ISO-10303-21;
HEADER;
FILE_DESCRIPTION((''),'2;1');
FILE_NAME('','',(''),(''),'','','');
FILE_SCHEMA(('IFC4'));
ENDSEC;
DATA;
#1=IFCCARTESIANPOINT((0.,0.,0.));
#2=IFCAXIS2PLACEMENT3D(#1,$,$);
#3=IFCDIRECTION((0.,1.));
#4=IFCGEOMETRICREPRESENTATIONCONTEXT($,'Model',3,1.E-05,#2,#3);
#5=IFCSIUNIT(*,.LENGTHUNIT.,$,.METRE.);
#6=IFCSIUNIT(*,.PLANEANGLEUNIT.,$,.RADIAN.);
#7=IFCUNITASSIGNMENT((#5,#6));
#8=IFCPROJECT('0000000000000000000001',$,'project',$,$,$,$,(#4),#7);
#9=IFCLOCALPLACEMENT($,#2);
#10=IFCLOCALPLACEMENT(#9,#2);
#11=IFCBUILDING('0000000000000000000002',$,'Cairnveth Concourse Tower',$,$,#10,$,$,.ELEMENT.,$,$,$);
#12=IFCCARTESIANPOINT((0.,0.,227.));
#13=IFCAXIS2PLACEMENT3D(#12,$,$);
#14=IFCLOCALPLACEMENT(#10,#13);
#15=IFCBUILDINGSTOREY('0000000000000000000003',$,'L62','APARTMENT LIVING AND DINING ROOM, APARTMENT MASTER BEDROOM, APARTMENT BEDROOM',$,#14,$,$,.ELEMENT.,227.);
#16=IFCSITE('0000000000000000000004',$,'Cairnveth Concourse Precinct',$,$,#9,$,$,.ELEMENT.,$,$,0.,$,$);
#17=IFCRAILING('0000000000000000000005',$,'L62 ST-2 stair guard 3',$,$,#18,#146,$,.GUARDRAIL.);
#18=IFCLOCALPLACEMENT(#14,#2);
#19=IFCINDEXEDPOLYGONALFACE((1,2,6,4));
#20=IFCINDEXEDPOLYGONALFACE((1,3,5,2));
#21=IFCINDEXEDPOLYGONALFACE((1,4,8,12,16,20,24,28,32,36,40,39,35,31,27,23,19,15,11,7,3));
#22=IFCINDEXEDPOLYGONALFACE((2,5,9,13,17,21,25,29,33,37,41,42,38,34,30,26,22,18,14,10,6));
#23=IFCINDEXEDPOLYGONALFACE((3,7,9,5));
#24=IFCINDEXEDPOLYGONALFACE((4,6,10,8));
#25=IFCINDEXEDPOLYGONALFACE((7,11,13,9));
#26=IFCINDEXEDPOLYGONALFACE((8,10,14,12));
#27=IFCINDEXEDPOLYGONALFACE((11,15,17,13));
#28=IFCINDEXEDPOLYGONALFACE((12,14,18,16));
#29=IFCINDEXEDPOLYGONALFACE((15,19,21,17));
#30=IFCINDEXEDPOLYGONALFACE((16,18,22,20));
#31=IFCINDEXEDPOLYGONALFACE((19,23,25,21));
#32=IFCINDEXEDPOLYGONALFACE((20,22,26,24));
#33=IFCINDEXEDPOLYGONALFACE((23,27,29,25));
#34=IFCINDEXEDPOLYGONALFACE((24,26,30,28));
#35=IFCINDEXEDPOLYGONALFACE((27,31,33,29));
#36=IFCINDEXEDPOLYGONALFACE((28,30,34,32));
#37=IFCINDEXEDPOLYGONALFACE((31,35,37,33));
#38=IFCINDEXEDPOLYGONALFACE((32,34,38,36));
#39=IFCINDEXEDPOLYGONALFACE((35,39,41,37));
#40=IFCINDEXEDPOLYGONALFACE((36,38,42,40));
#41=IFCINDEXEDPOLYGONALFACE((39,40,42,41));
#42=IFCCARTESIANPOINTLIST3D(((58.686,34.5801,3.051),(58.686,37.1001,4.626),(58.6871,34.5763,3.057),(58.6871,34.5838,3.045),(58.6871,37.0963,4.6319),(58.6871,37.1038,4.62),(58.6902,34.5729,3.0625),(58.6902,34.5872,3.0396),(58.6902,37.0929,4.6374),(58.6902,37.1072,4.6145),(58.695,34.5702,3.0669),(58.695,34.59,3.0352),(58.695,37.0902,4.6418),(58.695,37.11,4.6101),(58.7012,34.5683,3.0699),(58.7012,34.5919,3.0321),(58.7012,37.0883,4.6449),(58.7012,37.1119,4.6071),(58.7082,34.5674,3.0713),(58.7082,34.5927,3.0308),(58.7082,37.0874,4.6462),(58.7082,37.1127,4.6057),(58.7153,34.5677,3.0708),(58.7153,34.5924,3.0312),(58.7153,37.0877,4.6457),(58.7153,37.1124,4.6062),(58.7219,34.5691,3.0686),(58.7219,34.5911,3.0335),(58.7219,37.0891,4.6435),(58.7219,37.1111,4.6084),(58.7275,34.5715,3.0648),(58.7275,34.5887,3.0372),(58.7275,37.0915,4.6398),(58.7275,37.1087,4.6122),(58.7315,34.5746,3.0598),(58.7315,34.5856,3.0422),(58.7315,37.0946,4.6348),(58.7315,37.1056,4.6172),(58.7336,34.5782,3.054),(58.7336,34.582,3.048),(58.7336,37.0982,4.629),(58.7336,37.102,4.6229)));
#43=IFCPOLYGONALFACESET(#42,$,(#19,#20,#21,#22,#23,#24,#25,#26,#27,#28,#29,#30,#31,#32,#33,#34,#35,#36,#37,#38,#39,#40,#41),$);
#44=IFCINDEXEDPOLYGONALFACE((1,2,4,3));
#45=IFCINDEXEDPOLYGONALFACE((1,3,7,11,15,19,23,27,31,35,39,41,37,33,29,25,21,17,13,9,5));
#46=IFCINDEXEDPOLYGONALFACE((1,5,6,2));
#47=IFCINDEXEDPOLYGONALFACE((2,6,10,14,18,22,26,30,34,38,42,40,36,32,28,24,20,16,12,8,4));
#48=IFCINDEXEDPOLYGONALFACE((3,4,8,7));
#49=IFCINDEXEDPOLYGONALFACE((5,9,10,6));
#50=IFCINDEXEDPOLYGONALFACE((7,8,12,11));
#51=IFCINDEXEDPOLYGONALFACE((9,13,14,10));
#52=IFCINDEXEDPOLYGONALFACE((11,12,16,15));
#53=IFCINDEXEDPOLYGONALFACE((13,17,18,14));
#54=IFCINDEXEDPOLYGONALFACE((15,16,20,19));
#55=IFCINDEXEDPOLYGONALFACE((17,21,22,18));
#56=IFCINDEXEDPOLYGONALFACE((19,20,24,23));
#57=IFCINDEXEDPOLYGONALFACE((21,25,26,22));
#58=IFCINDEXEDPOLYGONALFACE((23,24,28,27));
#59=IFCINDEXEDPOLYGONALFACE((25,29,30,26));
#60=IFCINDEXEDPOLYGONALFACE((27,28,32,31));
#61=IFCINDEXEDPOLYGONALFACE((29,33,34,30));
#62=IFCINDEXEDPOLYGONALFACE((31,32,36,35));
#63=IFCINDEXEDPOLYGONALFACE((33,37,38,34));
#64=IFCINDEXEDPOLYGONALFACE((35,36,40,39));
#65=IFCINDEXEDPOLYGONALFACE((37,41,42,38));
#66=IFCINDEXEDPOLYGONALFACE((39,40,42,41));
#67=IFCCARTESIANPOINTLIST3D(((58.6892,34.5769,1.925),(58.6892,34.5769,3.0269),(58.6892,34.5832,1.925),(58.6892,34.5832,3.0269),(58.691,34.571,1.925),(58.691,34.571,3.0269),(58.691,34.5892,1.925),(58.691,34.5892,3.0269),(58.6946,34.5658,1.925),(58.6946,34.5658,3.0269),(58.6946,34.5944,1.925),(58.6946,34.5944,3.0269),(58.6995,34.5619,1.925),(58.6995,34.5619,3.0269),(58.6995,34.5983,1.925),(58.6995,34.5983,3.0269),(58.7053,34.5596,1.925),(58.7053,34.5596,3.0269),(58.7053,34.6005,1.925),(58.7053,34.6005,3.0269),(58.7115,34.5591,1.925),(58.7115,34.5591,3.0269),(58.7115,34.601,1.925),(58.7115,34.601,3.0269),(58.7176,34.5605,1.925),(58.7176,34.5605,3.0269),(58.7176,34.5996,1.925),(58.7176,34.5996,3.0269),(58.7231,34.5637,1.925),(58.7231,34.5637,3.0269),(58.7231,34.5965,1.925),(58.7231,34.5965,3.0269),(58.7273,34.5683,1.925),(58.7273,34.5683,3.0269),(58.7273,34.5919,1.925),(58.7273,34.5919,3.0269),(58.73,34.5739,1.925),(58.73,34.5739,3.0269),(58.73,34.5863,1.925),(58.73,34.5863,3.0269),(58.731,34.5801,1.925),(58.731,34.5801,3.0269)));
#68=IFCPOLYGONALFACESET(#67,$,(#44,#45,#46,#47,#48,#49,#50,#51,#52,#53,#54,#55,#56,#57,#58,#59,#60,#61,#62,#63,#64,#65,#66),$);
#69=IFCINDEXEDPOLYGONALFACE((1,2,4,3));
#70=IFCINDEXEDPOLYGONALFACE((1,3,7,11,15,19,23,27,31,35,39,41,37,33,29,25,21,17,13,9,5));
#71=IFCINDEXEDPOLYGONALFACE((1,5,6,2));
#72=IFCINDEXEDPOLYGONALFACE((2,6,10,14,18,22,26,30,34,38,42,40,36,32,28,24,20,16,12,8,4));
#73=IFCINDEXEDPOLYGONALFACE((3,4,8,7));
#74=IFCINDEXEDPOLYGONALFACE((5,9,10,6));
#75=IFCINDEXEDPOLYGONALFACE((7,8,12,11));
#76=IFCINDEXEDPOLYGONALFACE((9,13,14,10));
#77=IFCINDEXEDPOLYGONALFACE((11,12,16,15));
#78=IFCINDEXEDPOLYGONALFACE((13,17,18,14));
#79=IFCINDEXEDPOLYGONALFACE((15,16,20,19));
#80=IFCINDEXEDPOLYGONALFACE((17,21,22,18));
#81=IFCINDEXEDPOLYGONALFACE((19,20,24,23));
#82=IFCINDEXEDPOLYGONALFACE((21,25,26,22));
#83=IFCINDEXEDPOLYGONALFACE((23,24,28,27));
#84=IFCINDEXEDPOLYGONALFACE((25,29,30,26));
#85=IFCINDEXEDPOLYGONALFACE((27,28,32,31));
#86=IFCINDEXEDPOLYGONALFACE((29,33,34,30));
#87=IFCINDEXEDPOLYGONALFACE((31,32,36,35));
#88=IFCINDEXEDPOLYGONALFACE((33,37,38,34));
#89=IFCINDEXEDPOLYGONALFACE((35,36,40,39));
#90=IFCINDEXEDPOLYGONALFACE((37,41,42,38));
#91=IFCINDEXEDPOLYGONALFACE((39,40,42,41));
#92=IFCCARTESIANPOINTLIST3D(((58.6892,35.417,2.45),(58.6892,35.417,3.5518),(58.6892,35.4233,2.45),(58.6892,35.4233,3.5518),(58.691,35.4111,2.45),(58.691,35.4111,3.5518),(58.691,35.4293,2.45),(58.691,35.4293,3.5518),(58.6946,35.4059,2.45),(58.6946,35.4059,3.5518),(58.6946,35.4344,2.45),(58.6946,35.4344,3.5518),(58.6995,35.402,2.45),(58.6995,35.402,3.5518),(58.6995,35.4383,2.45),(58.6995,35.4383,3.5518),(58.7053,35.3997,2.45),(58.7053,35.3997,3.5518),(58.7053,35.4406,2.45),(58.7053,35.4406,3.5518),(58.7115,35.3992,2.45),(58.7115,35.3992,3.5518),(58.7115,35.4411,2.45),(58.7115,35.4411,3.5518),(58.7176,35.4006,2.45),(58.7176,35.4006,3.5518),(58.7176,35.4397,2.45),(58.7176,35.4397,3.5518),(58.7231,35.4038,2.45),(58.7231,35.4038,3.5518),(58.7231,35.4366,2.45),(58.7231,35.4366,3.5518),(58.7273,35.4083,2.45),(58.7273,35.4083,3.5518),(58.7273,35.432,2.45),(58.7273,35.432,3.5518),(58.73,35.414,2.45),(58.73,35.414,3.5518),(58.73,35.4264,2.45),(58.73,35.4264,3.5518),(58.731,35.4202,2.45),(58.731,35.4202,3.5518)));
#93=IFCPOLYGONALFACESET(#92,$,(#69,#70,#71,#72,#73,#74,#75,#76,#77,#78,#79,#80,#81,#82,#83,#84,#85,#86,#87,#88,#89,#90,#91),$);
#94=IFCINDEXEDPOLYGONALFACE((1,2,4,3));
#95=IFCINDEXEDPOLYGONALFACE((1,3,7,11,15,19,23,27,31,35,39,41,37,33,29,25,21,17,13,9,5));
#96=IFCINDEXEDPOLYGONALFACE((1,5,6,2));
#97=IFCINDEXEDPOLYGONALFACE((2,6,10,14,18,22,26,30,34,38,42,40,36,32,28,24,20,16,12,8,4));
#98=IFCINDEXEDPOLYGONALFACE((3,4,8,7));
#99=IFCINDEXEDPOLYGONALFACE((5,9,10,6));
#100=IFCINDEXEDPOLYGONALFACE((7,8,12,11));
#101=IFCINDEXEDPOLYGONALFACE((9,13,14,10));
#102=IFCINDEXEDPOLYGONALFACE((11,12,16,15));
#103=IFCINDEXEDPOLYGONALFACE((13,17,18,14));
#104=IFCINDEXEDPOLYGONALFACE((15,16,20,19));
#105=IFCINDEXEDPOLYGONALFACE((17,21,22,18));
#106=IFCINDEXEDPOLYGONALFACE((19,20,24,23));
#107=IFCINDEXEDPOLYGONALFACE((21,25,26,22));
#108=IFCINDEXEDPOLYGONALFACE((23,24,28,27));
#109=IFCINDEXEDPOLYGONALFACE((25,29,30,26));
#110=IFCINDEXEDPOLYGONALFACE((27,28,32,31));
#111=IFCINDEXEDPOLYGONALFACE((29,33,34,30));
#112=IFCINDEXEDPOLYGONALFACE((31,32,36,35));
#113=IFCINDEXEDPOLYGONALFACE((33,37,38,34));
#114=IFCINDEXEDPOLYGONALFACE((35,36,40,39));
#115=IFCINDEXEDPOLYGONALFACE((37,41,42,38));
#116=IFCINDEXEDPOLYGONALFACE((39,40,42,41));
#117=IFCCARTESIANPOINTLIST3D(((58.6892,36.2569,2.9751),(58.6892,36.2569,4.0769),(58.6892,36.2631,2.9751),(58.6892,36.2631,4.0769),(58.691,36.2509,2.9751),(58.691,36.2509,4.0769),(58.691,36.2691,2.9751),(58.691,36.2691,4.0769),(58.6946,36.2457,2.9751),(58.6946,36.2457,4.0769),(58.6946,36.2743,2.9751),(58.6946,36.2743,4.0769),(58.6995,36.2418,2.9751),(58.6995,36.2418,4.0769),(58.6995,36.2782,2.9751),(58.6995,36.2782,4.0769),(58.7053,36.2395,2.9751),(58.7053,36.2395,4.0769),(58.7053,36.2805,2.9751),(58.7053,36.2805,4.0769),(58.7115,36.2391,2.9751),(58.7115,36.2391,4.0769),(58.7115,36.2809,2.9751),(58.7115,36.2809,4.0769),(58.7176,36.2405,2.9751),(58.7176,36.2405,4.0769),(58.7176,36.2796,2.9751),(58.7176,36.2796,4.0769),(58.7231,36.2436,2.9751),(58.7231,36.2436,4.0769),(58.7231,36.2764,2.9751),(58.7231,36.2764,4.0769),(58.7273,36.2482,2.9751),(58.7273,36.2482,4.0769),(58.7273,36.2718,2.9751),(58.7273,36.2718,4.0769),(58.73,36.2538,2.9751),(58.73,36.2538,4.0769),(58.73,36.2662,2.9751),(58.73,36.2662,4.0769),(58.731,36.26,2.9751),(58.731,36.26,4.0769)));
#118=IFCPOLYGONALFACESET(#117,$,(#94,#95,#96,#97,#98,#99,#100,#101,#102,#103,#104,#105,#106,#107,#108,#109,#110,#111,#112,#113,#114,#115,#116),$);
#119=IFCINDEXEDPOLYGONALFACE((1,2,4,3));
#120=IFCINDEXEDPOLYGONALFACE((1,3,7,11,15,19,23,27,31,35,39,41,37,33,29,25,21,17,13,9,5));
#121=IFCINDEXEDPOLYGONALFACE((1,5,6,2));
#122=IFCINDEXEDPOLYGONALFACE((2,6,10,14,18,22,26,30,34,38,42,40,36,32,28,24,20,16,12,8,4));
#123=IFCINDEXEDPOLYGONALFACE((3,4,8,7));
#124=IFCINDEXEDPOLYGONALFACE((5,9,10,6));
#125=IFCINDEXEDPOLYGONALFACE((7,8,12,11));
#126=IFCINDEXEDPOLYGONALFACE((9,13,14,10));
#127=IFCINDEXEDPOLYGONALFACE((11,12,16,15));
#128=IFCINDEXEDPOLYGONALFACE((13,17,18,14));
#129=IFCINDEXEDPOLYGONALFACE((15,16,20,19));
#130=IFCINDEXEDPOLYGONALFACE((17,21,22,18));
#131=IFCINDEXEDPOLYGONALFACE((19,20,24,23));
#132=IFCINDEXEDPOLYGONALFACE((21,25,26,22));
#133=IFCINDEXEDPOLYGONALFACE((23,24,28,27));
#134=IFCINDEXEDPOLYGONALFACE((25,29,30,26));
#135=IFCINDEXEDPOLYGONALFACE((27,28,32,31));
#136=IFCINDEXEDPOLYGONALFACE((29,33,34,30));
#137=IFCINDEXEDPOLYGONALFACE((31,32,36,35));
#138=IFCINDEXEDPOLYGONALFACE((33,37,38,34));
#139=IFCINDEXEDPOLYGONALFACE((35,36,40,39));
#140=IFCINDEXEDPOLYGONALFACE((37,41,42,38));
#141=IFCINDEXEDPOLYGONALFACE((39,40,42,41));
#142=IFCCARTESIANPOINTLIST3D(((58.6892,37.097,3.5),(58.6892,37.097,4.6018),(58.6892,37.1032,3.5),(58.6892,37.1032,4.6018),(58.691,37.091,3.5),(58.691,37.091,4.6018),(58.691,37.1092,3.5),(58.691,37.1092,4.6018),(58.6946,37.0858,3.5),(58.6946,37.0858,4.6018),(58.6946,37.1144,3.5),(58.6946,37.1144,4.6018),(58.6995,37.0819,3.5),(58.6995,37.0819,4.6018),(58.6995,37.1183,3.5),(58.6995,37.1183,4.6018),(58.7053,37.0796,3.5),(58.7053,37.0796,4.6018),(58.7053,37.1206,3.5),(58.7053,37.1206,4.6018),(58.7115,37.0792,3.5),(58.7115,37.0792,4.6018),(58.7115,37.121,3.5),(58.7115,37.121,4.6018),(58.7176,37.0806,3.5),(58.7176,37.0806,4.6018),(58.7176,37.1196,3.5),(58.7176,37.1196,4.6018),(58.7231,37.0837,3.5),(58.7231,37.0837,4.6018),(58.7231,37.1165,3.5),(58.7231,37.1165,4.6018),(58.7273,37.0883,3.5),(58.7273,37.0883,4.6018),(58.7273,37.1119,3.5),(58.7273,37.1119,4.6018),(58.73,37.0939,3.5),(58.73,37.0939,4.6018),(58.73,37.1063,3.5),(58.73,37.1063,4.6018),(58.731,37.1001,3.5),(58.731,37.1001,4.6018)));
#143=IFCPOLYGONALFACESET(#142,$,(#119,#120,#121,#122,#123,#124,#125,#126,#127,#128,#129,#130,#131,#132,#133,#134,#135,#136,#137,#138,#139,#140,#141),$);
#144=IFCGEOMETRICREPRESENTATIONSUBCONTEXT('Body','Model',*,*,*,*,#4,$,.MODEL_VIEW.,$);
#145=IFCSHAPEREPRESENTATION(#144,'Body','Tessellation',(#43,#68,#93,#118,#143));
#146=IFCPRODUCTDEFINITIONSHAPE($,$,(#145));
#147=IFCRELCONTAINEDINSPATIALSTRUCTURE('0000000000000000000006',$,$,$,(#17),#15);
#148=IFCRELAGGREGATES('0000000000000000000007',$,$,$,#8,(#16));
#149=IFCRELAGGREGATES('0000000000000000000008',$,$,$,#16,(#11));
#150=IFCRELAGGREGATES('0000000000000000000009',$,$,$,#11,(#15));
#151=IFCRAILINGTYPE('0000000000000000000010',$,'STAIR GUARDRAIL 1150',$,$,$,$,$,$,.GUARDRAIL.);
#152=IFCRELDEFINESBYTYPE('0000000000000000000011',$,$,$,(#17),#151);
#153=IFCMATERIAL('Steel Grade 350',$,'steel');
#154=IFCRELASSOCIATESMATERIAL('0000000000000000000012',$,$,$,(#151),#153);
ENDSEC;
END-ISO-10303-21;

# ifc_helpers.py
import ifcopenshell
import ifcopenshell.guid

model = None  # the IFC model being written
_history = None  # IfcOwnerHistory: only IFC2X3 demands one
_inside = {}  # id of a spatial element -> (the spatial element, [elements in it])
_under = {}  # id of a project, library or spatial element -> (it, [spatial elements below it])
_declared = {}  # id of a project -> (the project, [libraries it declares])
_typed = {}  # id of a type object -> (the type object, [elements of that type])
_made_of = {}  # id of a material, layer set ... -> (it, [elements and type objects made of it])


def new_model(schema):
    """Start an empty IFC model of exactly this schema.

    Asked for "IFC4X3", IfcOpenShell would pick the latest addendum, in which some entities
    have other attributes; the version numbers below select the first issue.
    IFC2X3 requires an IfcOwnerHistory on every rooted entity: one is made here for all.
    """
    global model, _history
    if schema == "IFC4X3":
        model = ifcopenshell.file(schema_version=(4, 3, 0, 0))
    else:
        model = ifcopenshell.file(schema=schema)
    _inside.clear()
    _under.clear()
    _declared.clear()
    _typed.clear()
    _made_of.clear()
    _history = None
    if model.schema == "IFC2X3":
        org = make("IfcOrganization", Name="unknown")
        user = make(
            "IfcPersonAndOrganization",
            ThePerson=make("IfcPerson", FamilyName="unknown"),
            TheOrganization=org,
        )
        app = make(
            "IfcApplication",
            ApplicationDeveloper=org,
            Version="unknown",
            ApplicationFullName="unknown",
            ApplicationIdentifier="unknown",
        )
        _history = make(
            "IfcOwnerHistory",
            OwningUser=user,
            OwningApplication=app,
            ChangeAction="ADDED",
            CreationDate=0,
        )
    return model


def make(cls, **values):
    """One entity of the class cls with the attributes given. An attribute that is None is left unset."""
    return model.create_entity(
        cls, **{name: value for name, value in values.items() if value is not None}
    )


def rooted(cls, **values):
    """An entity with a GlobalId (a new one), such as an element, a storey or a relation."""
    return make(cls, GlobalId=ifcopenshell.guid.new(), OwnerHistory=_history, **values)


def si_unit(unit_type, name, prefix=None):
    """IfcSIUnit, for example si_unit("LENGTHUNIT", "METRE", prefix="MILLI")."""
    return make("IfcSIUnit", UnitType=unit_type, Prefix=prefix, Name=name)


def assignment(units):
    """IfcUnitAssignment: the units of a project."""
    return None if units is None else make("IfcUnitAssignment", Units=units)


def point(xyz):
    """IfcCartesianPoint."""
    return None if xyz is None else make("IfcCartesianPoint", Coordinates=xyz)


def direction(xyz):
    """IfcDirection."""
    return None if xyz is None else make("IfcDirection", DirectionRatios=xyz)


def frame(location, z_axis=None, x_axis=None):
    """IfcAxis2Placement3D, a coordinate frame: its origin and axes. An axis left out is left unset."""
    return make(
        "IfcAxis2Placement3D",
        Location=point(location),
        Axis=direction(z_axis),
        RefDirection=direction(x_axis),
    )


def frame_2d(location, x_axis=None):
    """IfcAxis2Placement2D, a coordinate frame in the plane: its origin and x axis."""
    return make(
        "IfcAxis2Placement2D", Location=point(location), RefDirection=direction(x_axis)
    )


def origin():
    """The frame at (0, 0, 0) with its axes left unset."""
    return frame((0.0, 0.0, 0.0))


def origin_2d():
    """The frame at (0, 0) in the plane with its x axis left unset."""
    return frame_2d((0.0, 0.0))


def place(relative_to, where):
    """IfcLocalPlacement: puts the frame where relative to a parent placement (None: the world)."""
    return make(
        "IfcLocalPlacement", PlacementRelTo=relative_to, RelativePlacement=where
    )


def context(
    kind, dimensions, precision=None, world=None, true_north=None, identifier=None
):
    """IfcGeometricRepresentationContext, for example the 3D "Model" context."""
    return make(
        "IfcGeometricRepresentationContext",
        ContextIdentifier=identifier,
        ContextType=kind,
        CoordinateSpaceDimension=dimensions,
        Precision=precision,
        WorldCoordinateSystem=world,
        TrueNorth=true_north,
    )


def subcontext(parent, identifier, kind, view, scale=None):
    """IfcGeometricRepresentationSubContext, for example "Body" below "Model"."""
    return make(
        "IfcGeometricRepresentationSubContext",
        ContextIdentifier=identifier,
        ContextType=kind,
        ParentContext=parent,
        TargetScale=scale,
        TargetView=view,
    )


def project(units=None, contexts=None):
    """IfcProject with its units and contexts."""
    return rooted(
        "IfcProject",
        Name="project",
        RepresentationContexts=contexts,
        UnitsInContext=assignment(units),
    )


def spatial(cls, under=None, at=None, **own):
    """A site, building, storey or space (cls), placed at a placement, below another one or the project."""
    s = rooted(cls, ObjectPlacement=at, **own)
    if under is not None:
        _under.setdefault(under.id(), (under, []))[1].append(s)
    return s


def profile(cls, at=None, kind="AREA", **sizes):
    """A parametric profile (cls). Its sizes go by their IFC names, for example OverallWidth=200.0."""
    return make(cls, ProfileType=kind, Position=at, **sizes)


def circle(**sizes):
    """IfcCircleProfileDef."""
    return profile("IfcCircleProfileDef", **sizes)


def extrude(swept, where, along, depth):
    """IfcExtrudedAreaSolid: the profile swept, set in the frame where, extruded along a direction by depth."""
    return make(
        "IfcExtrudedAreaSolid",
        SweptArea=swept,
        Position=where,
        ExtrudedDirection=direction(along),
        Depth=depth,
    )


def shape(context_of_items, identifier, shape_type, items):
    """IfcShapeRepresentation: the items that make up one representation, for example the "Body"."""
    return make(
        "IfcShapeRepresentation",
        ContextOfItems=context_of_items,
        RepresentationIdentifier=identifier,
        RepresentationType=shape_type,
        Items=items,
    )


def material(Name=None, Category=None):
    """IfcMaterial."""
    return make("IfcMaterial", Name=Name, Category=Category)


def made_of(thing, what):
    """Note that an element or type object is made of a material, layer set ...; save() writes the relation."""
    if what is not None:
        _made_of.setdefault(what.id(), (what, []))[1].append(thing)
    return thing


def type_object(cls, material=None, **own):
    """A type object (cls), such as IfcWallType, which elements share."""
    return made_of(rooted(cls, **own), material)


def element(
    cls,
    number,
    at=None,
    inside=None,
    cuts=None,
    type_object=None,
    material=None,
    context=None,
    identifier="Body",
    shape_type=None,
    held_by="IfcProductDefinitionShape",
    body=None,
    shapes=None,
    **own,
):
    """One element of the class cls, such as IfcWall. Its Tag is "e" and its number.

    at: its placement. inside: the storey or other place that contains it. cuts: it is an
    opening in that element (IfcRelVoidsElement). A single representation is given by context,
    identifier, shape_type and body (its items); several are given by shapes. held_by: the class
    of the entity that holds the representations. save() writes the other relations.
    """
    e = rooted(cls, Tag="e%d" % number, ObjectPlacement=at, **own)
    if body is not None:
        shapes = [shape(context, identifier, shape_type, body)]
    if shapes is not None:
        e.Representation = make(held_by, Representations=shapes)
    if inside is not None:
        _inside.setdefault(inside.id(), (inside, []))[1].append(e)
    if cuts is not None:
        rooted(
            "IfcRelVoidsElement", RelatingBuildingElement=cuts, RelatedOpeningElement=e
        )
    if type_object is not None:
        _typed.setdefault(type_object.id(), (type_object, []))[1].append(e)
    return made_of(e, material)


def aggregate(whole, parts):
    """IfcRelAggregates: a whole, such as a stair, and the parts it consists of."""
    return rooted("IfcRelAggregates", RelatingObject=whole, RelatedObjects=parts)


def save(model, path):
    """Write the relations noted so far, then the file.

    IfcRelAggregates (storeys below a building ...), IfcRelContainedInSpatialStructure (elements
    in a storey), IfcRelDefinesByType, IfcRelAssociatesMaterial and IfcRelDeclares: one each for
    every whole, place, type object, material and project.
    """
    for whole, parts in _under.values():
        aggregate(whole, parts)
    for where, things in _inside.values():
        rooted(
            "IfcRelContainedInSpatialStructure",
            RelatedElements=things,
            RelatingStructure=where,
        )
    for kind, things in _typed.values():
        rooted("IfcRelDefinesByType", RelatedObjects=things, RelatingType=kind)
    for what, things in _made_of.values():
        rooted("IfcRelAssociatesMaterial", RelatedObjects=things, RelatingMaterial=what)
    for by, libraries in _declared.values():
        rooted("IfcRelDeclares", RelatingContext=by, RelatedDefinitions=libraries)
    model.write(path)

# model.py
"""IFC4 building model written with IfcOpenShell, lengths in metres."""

from ifc_helpers import new_model, si_unit, direction, frame, origin, origin_2d, place, context, subcontext, project, spatial, circle, extrude, material, type_object, element, save


model = new_model("IFC4")

# Units and contexts
model_context = context("Model", 3, precision=1e-05, world=origin(), true_north=direction((0.0, 1.0)))
body_context = subcontext(model_context, "Body", "Model", "MODEL_VIEW")
ifc_project = project(units=[si_unit("LENGTHUNIT", "METRE"), si_unit("PLANEANGLEUNIT", "RADIAN")], contexts=[model_context])

# Site, building, storey
site_placement = place(None, origin())
site = spatial("IfcSite", under=ifc_project, at=site_placement, Name="Cairnveth Concourse Precinct", CompositionType="ELEMENT", RefElevation=0.0)
building_placement = place(site_placement, origin())
building = spatial("IfcBuilding", under=site, at=building_placement, Name="Cairnveth Concourse Tower", CompositionType="ELEMENT")
storey_placement = place(building_placement, frame((0.0, 0.0, 227.0)))
storey = spatial("IfcBuildingStorey", under=building, at=storey_placement, Name="L62", Description="APARTMENT LIVING AND DINING ROOM, APARTMENT MASTER BEDROOM, APARTMENT BEDROOM", CompositionType="ELEMENT", Elevation=227.0)

# Shared definitions
ifc_material_1 = material(Name="Steel Grade 350", Category="steel")

# Railing
railing_type_1 = type_object("IfcRailingType", Name="STAIR GUARDRAIL 1150", PredefinedType="GUARDRAIL", material=ifc_material_1)
railing_1_placement = place(storey_placement, frame((58.71, 34.5801, 1.925)))
element("IfcRailing", 1, at=railing_1_placement, inside=storey, type_object=railing_type_1, Name="L62 ST-2 stair guard 3", PredefinedType="GUARDRAIL", context=body_context, shape_type="SweptSolid", body=[
    extrude(circle(Radius=0.0239, at=origin_2d()), frame((0.0, 0.0, 1.126), z_axis=(0.0, 0.848008, 0.529984), x_axis=(-1.0, 0.0, 0.0)), (0.0, 0.0, 1.0), 2.9717),
    extrude(circle(Radius=0.021, at=origin_2d()), origin(), (0.0, 0.0, 1.0), 1.1018),
    extrude(circle(Radius=0.021, at=origin_2d()), frame((0.0, 0.8401, 0.5249)), (0.0, 0.0, 1.0), 1.1018),
    extrude(circle(Radius=0.021, at=origin_2d()), frame((0.0, 1.6799, 1.05)), (0.0, 0.0, 1.0), 1.1018),
    extrude(circle(Radius=0.021, at=origin_2d()), frame((0.0, 2.52, 1.575)), (0.0, 0.0, 1.0), 1.1018),
])

save(model, "model.ifc")
